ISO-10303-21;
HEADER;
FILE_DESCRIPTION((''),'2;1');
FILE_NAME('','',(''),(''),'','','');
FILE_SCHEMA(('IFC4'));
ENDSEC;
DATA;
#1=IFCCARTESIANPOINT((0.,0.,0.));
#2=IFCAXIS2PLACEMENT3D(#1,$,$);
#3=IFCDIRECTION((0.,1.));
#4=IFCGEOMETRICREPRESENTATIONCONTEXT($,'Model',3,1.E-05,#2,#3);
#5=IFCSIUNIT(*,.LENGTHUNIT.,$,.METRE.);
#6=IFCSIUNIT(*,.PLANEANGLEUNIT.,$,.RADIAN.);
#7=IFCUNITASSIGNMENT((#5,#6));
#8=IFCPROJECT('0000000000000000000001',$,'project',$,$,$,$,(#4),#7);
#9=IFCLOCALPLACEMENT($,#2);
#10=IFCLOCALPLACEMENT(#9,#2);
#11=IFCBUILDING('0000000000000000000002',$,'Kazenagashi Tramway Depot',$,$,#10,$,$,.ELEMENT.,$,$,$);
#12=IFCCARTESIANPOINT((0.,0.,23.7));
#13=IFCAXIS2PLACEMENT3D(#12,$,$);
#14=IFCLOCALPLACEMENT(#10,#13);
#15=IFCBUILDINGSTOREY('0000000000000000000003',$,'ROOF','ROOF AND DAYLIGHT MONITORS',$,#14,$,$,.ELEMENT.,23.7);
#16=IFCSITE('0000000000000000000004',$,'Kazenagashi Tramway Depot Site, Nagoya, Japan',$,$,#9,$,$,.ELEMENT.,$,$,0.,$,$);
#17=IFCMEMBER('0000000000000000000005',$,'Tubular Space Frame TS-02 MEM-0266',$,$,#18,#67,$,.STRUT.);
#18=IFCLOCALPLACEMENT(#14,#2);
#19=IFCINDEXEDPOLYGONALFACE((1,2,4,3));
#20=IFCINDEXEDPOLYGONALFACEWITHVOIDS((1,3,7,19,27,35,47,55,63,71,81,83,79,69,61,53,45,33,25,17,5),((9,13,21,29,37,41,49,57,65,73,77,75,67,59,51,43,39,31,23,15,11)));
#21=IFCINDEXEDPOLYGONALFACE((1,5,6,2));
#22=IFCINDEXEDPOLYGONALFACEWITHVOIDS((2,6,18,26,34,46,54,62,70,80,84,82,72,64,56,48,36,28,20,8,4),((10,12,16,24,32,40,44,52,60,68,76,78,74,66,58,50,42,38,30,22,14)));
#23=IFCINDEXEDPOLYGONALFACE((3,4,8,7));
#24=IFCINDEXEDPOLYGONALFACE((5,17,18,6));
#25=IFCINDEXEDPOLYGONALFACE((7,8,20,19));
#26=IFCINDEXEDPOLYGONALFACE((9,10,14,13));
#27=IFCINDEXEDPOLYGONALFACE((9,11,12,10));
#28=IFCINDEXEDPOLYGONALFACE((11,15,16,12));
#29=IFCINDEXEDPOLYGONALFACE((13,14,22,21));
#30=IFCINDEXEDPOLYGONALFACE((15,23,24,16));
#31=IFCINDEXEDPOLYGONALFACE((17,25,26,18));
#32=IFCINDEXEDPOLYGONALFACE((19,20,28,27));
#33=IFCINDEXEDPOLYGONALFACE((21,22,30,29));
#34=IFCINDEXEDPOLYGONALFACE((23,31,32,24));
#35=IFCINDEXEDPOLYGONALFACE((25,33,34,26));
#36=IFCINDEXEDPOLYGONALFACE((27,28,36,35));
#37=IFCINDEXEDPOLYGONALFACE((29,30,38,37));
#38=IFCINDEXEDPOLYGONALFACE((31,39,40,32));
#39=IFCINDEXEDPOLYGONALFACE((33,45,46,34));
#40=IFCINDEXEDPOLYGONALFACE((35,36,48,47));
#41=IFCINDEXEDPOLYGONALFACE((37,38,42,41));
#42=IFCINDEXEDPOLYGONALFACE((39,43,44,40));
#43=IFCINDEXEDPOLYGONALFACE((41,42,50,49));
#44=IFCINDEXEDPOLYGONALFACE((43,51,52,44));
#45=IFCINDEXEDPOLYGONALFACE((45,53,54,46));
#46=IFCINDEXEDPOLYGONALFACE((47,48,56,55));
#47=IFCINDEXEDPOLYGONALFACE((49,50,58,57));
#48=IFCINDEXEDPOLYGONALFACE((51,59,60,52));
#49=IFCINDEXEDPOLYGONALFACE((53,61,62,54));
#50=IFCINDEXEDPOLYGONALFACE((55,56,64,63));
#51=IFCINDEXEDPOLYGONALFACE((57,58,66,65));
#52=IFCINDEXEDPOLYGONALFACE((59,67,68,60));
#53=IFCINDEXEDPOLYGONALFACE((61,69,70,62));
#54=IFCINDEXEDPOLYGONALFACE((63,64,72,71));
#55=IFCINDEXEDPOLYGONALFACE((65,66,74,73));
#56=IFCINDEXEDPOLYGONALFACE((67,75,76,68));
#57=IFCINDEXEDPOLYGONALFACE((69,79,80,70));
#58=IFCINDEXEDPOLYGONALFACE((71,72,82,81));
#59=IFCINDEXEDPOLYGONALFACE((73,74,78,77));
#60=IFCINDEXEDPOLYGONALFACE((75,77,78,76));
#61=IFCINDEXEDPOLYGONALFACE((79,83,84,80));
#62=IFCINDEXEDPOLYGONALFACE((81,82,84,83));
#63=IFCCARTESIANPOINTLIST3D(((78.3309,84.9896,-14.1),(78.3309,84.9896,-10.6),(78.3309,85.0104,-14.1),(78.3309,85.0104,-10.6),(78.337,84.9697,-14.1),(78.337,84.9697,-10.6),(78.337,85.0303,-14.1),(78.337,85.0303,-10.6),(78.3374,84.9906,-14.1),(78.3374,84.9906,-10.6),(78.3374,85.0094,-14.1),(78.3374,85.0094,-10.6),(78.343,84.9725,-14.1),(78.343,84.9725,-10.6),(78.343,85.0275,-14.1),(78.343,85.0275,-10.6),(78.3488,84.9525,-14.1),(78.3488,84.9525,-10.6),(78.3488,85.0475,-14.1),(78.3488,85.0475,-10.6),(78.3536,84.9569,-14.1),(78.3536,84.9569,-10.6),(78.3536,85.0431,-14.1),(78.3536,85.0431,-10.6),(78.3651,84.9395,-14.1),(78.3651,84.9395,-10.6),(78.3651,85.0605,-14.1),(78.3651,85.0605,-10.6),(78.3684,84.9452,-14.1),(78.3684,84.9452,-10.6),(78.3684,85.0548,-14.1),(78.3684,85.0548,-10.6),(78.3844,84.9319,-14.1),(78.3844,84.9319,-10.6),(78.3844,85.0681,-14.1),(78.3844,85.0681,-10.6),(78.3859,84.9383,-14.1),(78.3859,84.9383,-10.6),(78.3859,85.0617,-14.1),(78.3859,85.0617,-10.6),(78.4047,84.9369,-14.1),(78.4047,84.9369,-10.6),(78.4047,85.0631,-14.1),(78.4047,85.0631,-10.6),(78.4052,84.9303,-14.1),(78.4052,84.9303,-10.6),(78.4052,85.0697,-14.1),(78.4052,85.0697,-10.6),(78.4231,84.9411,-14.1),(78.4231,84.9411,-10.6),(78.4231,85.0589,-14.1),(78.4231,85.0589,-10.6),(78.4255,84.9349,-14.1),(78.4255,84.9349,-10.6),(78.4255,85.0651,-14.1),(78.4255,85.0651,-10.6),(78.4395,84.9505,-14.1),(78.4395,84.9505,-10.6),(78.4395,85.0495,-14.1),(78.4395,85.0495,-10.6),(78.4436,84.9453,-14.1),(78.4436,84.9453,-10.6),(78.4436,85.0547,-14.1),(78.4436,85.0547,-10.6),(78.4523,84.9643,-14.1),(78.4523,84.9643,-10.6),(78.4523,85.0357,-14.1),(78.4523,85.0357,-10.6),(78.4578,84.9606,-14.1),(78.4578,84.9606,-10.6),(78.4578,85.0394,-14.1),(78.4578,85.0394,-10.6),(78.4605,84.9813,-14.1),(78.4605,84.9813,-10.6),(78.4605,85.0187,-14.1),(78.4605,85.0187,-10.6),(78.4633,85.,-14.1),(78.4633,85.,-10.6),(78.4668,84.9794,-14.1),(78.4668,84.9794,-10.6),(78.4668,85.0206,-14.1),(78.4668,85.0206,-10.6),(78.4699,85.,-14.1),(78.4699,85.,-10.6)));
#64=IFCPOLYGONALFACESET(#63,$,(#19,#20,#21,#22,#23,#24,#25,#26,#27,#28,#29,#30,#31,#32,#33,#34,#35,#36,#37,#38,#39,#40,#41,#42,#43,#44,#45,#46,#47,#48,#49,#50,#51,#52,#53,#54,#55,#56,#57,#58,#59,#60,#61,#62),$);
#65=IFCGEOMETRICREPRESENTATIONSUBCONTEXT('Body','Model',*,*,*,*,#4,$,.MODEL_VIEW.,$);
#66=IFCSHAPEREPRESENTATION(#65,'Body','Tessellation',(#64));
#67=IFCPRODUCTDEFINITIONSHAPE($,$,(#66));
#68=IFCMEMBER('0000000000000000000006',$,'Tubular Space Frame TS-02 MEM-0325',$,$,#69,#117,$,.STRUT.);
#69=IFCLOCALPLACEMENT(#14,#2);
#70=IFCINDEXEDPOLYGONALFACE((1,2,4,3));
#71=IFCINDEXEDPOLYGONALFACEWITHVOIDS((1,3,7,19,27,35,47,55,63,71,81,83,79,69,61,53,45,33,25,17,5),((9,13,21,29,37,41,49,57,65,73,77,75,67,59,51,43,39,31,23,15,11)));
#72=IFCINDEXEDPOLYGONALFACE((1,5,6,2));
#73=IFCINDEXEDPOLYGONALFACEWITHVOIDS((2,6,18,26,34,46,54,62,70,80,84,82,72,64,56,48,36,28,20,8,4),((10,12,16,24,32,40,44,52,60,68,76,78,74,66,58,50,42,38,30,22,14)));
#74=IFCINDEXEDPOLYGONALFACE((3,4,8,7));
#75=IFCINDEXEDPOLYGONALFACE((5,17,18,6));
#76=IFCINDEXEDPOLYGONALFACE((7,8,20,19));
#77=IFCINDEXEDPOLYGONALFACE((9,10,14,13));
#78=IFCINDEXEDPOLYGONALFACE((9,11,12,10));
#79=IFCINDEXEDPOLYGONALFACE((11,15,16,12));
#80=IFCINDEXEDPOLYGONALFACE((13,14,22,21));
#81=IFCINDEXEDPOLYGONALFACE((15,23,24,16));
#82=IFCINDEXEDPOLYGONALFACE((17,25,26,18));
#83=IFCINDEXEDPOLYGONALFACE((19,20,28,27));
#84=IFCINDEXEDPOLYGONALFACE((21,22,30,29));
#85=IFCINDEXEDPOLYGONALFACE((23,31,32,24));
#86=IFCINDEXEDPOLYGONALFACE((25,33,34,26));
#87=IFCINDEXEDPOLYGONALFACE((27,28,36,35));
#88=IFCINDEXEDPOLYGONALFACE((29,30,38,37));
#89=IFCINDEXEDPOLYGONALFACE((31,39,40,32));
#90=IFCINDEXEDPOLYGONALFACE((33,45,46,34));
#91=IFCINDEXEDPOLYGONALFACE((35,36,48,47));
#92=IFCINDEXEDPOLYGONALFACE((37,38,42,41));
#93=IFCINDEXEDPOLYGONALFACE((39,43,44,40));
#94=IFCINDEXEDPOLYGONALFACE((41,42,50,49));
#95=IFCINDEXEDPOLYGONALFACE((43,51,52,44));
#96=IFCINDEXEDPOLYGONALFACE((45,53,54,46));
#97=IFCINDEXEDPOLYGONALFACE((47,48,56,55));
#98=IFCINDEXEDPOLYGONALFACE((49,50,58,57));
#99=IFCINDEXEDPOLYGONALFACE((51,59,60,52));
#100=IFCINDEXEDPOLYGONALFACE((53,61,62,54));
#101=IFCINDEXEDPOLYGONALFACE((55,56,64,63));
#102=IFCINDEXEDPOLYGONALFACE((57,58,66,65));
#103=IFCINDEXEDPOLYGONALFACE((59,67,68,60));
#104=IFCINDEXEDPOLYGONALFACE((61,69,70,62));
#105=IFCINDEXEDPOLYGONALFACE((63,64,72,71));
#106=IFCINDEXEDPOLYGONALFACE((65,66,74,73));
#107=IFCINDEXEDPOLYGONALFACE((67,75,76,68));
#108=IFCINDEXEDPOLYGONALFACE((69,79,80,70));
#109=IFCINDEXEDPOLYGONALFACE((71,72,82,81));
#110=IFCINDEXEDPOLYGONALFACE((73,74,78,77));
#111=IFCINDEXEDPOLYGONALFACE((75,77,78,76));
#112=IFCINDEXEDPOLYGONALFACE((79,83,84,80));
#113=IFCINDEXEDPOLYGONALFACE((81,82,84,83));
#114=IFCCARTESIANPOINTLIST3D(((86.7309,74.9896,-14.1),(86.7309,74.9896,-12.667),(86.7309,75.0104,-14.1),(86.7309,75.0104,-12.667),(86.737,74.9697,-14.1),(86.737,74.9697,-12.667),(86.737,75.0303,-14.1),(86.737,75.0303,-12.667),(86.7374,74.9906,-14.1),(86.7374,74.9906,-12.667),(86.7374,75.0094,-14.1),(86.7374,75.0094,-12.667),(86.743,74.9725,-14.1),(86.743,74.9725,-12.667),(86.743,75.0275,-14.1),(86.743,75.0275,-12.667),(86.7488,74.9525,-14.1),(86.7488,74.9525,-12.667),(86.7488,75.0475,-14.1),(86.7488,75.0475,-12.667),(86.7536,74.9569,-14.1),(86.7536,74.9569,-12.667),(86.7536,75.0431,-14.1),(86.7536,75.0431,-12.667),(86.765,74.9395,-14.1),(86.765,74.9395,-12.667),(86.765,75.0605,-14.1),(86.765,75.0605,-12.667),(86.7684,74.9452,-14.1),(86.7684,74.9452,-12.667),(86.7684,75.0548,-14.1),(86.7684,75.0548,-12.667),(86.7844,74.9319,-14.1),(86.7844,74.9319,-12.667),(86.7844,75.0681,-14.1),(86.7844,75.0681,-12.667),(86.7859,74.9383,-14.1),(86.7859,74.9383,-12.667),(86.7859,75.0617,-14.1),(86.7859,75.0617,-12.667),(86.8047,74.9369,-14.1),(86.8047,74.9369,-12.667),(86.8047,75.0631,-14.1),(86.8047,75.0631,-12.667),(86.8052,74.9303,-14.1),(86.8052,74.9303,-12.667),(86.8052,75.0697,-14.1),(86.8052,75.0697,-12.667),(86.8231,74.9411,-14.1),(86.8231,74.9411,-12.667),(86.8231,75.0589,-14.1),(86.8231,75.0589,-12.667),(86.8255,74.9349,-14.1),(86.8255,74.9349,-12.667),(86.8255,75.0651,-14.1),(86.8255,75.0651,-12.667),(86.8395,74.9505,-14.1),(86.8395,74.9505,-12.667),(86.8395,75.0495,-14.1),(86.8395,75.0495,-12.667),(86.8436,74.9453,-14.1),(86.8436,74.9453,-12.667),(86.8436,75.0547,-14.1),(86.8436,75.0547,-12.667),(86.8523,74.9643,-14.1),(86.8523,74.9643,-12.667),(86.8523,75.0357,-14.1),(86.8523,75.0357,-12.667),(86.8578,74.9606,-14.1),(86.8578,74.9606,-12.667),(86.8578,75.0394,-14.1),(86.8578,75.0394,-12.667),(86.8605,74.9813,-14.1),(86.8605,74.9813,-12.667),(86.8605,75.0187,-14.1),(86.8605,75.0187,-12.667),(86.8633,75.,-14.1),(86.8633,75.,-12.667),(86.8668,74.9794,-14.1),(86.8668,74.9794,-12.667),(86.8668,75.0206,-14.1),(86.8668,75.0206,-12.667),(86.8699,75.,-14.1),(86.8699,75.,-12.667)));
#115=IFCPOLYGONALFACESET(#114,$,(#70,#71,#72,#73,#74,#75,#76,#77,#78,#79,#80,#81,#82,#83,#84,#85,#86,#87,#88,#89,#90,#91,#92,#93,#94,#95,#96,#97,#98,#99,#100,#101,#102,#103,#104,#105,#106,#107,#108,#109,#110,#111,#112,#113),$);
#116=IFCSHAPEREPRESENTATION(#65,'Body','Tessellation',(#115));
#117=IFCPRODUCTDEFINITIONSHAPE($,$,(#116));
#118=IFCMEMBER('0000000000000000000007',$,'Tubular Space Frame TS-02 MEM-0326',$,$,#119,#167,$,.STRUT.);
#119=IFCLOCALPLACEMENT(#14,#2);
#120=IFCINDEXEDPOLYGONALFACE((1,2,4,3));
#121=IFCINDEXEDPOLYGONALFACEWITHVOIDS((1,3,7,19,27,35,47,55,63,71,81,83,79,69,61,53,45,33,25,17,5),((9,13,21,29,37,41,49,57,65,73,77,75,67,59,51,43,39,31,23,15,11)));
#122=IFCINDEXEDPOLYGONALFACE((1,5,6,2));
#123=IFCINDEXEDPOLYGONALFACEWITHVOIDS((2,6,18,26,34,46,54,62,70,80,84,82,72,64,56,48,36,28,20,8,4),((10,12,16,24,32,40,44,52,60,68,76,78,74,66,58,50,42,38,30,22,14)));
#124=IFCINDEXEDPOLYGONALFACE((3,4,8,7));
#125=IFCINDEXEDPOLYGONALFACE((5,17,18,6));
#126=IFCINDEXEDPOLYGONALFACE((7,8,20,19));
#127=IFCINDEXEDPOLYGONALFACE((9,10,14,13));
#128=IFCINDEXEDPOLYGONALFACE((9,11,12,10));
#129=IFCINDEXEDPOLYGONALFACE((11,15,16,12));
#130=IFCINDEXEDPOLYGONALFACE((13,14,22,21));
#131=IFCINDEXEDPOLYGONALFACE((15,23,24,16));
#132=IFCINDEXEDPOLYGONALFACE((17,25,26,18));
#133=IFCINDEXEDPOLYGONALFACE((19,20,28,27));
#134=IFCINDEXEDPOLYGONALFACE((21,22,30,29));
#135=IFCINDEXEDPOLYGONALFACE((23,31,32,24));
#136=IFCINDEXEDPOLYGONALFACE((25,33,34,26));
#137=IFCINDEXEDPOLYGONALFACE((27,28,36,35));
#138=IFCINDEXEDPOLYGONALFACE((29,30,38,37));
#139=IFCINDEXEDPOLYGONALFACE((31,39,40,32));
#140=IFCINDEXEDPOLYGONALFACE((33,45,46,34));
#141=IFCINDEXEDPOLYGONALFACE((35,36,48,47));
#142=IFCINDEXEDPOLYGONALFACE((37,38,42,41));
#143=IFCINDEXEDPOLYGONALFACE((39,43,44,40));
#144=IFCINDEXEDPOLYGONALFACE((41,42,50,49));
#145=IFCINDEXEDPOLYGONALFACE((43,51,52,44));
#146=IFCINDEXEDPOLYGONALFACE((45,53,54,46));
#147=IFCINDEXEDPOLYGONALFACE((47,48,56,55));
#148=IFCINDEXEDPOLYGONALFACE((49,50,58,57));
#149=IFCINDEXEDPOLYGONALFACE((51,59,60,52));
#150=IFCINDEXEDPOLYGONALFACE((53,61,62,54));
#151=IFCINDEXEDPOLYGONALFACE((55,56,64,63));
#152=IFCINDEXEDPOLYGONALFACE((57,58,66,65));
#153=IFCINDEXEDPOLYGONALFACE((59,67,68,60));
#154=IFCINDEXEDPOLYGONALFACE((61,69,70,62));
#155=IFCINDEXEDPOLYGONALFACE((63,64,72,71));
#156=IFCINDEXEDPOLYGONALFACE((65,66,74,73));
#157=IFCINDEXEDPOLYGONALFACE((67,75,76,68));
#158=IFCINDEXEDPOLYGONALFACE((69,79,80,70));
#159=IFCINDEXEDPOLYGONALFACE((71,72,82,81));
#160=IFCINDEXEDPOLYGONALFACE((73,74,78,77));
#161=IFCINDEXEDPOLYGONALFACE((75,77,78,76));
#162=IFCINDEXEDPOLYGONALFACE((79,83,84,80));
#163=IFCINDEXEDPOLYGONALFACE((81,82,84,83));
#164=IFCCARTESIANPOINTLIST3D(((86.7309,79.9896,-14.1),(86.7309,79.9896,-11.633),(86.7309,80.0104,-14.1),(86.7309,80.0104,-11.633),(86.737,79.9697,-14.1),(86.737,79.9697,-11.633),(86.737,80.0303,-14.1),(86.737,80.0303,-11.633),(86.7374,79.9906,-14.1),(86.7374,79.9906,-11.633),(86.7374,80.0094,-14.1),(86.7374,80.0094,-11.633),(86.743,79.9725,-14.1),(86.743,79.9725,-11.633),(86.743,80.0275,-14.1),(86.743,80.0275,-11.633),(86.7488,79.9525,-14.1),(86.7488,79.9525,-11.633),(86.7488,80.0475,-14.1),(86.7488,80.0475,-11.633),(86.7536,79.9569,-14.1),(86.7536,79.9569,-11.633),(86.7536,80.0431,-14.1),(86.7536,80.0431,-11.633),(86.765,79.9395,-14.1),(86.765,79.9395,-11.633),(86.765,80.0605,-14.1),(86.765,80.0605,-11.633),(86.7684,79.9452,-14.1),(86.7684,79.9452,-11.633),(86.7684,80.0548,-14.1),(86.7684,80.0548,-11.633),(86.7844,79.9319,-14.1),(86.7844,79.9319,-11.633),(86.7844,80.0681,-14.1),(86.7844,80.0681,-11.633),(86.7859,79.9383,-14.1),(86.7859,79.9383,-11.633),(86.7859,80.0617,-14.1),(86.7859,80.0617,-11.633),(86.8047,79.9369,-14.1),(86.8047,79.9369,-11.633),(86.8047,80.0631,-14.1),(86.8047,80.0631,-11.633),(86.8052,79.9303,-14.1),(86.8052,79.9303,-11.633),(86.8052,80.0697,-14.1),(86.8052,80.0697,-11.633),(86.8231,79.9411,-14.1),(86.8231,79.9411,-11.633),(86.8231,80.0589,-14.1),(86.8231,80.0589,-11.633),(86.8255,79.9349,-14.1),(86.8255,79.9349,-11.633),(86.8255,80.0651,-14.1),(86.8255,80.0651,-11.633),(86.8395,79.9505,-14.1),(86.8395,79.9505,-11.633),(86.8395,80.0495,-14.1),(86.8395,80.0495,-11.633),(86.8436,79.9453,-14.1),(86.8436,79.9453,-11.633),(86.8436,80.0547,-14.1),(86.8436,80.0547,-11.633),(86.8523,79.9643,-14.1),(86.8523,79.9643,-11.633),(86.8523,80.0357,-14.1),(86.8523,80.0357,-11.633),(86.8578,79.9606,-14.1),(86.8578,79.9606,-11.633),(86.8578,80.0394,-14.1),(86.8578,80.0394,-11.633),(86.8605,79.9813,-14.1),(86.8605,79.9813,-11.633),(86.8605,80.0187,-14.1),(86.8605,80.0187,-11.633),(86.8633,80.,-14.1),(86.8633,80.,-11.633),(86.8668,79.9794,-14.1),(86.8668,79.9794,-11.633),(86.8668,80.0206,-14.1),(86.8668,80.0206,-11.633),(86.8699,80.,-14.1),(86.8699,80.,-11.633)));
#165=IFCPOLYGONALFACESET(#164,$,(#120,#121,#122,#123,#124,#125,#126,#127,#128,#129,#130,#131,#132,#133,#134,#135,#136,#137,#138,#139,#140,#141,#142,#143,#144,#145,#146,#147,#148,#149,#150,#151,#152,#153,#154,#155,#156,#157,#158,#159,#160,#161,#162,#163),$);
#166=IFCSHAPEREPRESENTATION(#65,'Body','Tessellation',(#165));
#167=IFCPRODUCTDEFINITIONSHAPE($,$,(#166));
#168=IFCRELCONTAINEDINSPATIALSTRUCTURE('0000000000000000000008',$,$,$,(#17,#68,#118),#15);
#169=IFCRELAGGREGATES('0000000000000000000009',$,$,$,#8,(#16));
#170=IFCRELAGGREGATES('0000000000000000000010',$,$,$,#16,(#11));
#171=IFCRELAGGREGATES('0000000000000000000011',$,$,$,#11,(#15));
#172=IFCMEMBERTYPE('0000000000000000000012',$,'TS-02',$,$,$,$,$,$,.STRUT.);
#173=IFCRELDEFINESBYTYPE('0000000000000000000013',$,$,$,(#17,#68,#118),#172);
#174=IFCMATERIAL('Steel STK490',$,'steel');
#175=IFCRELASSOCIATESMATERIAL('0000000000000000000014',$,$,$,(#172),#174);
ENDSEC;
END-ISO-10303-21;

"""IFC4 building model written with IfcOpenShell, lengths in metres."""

from ifc_helpers import new_model, si_unit, direction, frame, origin, origin_2d, place, context, subcontext, project, spatial, hollow_circle, extrude, material, material_profile, profile_set, type_object, element, save


model = new_model("IFC4")

# Units and contexts
model_context = context("Model", 3, precision=1e-05, world=origin(), true_north=direction((0.0, 1.0)))
body_context = subcontext(model_context, "Body", "Model", "MODEL_VIEW")
ifc_project = project(units=[si_unit("LENGTHUNIT", "METRE"), si_unit("PLANEANGLEUNIT", "RADIAN")], contexts=[model_context])

# Site, building, storey
site_placement = place(None, origin())
site = spatial("IfcSite", under=ifc_project, at=site_placement, Name="Kazenagashi Tramway Depot Site, Nagoya, Japan", CompositionType="ELEMENT", RefElevation=0.0)
building_placement = place(site_placement, origin())
building = spatial("IfcBuilding", under=site, at=building_placement, Name="Kazenagashi Tramway Depot", CompositionType="ELEMENT")
storey_placement = place(building_placement, frame((0.0, 0.0, 23.7)))
storey = spatial("IfcBuildingStorey", under=building, at=storey_placement, Name="ROOF", Description="ROOF AND DAYLIGHT MONITORS", CompositionType="ELEMENT", Elevation=23.7)

# Members
ifc_material_1 = material(Name="Steel STK490", Category="steel")
ifc_material_profile_1 = material_profile(ifc_material_1, hollow_circle(Radius=0.0699, WallThickness=0.0066, at=origin_2d()), Name="CHS-139.8x6.6")
ifc_profile_set_1 = profile_set([ifc_material_profile_1], Name="Steel STK490")
member_type_1 = type_object("IfcMemberType", Name="TS-02", PredefinedType="STRUT", material=ifc_profile_set_1)
member_1_placement = place(storey_placement, frame((78.4, 85.0, -14.1), z_axis=(0.0, 0.0, 1.0), x_axis=(1.0, 0.0, 0.0)))
element("IfcMember", 1, at=member_1_placement, inside=storey, type_object=member_type_1, Name="Tubular Space Frame TS-02 MEM-0266", PredefinedType="STRUT", context=body_context, shape_type="SweptSolid", body=[
    extrude(hollow_circle(Radius=0.0699, WallThickness=0.0066, at=origin_2d()), origin(), (0.0, 0.0, 1.0), 3.5),
])
member_2_placement = place(storey_placement, frame((86.8, 75.0, -14.1), z_axis=(0.0, 0.0, 1.0), x_axis=(1.0, 0.0, 0.0)))
element("IfcMember", 2, at=member_2_placement, inside=storey, type_object=member_type_1, Name="Tubular Space Frame TS-02 MEM-0325", PredefinedType="STRUT", context=body_context, shape_type="SweptSolid", body=[
    extrude(hollow_circle(Radius=0.0699, WallThickness=0.0066, at=origin_2d()), origin(), (0.0, 0.0, 1.0), 1.433),
])
member_3_placement = place(storey_placement, frame((86.8, 80.0, -14.1), z_axis=(0.0, 0.0, 1.0), x_axis=(1.0, 0.0, 0.0)))
element("IfcMember", 3, at=member_3_placement, inside=storey, type_object=member_type_1, Name="Tubular Space Frame TS-02 MEM-0326", PredefinedType="STRUT", context=body_context, shape_type="SweptSolid", body=[
    extrude(hollow_circle(Radius=0.0699, WallThickness=0.0066, at=origin_2d()), origin(), (0.0, 0.0, 1.0), 2.467),
])

save(model, "model.ifc")
